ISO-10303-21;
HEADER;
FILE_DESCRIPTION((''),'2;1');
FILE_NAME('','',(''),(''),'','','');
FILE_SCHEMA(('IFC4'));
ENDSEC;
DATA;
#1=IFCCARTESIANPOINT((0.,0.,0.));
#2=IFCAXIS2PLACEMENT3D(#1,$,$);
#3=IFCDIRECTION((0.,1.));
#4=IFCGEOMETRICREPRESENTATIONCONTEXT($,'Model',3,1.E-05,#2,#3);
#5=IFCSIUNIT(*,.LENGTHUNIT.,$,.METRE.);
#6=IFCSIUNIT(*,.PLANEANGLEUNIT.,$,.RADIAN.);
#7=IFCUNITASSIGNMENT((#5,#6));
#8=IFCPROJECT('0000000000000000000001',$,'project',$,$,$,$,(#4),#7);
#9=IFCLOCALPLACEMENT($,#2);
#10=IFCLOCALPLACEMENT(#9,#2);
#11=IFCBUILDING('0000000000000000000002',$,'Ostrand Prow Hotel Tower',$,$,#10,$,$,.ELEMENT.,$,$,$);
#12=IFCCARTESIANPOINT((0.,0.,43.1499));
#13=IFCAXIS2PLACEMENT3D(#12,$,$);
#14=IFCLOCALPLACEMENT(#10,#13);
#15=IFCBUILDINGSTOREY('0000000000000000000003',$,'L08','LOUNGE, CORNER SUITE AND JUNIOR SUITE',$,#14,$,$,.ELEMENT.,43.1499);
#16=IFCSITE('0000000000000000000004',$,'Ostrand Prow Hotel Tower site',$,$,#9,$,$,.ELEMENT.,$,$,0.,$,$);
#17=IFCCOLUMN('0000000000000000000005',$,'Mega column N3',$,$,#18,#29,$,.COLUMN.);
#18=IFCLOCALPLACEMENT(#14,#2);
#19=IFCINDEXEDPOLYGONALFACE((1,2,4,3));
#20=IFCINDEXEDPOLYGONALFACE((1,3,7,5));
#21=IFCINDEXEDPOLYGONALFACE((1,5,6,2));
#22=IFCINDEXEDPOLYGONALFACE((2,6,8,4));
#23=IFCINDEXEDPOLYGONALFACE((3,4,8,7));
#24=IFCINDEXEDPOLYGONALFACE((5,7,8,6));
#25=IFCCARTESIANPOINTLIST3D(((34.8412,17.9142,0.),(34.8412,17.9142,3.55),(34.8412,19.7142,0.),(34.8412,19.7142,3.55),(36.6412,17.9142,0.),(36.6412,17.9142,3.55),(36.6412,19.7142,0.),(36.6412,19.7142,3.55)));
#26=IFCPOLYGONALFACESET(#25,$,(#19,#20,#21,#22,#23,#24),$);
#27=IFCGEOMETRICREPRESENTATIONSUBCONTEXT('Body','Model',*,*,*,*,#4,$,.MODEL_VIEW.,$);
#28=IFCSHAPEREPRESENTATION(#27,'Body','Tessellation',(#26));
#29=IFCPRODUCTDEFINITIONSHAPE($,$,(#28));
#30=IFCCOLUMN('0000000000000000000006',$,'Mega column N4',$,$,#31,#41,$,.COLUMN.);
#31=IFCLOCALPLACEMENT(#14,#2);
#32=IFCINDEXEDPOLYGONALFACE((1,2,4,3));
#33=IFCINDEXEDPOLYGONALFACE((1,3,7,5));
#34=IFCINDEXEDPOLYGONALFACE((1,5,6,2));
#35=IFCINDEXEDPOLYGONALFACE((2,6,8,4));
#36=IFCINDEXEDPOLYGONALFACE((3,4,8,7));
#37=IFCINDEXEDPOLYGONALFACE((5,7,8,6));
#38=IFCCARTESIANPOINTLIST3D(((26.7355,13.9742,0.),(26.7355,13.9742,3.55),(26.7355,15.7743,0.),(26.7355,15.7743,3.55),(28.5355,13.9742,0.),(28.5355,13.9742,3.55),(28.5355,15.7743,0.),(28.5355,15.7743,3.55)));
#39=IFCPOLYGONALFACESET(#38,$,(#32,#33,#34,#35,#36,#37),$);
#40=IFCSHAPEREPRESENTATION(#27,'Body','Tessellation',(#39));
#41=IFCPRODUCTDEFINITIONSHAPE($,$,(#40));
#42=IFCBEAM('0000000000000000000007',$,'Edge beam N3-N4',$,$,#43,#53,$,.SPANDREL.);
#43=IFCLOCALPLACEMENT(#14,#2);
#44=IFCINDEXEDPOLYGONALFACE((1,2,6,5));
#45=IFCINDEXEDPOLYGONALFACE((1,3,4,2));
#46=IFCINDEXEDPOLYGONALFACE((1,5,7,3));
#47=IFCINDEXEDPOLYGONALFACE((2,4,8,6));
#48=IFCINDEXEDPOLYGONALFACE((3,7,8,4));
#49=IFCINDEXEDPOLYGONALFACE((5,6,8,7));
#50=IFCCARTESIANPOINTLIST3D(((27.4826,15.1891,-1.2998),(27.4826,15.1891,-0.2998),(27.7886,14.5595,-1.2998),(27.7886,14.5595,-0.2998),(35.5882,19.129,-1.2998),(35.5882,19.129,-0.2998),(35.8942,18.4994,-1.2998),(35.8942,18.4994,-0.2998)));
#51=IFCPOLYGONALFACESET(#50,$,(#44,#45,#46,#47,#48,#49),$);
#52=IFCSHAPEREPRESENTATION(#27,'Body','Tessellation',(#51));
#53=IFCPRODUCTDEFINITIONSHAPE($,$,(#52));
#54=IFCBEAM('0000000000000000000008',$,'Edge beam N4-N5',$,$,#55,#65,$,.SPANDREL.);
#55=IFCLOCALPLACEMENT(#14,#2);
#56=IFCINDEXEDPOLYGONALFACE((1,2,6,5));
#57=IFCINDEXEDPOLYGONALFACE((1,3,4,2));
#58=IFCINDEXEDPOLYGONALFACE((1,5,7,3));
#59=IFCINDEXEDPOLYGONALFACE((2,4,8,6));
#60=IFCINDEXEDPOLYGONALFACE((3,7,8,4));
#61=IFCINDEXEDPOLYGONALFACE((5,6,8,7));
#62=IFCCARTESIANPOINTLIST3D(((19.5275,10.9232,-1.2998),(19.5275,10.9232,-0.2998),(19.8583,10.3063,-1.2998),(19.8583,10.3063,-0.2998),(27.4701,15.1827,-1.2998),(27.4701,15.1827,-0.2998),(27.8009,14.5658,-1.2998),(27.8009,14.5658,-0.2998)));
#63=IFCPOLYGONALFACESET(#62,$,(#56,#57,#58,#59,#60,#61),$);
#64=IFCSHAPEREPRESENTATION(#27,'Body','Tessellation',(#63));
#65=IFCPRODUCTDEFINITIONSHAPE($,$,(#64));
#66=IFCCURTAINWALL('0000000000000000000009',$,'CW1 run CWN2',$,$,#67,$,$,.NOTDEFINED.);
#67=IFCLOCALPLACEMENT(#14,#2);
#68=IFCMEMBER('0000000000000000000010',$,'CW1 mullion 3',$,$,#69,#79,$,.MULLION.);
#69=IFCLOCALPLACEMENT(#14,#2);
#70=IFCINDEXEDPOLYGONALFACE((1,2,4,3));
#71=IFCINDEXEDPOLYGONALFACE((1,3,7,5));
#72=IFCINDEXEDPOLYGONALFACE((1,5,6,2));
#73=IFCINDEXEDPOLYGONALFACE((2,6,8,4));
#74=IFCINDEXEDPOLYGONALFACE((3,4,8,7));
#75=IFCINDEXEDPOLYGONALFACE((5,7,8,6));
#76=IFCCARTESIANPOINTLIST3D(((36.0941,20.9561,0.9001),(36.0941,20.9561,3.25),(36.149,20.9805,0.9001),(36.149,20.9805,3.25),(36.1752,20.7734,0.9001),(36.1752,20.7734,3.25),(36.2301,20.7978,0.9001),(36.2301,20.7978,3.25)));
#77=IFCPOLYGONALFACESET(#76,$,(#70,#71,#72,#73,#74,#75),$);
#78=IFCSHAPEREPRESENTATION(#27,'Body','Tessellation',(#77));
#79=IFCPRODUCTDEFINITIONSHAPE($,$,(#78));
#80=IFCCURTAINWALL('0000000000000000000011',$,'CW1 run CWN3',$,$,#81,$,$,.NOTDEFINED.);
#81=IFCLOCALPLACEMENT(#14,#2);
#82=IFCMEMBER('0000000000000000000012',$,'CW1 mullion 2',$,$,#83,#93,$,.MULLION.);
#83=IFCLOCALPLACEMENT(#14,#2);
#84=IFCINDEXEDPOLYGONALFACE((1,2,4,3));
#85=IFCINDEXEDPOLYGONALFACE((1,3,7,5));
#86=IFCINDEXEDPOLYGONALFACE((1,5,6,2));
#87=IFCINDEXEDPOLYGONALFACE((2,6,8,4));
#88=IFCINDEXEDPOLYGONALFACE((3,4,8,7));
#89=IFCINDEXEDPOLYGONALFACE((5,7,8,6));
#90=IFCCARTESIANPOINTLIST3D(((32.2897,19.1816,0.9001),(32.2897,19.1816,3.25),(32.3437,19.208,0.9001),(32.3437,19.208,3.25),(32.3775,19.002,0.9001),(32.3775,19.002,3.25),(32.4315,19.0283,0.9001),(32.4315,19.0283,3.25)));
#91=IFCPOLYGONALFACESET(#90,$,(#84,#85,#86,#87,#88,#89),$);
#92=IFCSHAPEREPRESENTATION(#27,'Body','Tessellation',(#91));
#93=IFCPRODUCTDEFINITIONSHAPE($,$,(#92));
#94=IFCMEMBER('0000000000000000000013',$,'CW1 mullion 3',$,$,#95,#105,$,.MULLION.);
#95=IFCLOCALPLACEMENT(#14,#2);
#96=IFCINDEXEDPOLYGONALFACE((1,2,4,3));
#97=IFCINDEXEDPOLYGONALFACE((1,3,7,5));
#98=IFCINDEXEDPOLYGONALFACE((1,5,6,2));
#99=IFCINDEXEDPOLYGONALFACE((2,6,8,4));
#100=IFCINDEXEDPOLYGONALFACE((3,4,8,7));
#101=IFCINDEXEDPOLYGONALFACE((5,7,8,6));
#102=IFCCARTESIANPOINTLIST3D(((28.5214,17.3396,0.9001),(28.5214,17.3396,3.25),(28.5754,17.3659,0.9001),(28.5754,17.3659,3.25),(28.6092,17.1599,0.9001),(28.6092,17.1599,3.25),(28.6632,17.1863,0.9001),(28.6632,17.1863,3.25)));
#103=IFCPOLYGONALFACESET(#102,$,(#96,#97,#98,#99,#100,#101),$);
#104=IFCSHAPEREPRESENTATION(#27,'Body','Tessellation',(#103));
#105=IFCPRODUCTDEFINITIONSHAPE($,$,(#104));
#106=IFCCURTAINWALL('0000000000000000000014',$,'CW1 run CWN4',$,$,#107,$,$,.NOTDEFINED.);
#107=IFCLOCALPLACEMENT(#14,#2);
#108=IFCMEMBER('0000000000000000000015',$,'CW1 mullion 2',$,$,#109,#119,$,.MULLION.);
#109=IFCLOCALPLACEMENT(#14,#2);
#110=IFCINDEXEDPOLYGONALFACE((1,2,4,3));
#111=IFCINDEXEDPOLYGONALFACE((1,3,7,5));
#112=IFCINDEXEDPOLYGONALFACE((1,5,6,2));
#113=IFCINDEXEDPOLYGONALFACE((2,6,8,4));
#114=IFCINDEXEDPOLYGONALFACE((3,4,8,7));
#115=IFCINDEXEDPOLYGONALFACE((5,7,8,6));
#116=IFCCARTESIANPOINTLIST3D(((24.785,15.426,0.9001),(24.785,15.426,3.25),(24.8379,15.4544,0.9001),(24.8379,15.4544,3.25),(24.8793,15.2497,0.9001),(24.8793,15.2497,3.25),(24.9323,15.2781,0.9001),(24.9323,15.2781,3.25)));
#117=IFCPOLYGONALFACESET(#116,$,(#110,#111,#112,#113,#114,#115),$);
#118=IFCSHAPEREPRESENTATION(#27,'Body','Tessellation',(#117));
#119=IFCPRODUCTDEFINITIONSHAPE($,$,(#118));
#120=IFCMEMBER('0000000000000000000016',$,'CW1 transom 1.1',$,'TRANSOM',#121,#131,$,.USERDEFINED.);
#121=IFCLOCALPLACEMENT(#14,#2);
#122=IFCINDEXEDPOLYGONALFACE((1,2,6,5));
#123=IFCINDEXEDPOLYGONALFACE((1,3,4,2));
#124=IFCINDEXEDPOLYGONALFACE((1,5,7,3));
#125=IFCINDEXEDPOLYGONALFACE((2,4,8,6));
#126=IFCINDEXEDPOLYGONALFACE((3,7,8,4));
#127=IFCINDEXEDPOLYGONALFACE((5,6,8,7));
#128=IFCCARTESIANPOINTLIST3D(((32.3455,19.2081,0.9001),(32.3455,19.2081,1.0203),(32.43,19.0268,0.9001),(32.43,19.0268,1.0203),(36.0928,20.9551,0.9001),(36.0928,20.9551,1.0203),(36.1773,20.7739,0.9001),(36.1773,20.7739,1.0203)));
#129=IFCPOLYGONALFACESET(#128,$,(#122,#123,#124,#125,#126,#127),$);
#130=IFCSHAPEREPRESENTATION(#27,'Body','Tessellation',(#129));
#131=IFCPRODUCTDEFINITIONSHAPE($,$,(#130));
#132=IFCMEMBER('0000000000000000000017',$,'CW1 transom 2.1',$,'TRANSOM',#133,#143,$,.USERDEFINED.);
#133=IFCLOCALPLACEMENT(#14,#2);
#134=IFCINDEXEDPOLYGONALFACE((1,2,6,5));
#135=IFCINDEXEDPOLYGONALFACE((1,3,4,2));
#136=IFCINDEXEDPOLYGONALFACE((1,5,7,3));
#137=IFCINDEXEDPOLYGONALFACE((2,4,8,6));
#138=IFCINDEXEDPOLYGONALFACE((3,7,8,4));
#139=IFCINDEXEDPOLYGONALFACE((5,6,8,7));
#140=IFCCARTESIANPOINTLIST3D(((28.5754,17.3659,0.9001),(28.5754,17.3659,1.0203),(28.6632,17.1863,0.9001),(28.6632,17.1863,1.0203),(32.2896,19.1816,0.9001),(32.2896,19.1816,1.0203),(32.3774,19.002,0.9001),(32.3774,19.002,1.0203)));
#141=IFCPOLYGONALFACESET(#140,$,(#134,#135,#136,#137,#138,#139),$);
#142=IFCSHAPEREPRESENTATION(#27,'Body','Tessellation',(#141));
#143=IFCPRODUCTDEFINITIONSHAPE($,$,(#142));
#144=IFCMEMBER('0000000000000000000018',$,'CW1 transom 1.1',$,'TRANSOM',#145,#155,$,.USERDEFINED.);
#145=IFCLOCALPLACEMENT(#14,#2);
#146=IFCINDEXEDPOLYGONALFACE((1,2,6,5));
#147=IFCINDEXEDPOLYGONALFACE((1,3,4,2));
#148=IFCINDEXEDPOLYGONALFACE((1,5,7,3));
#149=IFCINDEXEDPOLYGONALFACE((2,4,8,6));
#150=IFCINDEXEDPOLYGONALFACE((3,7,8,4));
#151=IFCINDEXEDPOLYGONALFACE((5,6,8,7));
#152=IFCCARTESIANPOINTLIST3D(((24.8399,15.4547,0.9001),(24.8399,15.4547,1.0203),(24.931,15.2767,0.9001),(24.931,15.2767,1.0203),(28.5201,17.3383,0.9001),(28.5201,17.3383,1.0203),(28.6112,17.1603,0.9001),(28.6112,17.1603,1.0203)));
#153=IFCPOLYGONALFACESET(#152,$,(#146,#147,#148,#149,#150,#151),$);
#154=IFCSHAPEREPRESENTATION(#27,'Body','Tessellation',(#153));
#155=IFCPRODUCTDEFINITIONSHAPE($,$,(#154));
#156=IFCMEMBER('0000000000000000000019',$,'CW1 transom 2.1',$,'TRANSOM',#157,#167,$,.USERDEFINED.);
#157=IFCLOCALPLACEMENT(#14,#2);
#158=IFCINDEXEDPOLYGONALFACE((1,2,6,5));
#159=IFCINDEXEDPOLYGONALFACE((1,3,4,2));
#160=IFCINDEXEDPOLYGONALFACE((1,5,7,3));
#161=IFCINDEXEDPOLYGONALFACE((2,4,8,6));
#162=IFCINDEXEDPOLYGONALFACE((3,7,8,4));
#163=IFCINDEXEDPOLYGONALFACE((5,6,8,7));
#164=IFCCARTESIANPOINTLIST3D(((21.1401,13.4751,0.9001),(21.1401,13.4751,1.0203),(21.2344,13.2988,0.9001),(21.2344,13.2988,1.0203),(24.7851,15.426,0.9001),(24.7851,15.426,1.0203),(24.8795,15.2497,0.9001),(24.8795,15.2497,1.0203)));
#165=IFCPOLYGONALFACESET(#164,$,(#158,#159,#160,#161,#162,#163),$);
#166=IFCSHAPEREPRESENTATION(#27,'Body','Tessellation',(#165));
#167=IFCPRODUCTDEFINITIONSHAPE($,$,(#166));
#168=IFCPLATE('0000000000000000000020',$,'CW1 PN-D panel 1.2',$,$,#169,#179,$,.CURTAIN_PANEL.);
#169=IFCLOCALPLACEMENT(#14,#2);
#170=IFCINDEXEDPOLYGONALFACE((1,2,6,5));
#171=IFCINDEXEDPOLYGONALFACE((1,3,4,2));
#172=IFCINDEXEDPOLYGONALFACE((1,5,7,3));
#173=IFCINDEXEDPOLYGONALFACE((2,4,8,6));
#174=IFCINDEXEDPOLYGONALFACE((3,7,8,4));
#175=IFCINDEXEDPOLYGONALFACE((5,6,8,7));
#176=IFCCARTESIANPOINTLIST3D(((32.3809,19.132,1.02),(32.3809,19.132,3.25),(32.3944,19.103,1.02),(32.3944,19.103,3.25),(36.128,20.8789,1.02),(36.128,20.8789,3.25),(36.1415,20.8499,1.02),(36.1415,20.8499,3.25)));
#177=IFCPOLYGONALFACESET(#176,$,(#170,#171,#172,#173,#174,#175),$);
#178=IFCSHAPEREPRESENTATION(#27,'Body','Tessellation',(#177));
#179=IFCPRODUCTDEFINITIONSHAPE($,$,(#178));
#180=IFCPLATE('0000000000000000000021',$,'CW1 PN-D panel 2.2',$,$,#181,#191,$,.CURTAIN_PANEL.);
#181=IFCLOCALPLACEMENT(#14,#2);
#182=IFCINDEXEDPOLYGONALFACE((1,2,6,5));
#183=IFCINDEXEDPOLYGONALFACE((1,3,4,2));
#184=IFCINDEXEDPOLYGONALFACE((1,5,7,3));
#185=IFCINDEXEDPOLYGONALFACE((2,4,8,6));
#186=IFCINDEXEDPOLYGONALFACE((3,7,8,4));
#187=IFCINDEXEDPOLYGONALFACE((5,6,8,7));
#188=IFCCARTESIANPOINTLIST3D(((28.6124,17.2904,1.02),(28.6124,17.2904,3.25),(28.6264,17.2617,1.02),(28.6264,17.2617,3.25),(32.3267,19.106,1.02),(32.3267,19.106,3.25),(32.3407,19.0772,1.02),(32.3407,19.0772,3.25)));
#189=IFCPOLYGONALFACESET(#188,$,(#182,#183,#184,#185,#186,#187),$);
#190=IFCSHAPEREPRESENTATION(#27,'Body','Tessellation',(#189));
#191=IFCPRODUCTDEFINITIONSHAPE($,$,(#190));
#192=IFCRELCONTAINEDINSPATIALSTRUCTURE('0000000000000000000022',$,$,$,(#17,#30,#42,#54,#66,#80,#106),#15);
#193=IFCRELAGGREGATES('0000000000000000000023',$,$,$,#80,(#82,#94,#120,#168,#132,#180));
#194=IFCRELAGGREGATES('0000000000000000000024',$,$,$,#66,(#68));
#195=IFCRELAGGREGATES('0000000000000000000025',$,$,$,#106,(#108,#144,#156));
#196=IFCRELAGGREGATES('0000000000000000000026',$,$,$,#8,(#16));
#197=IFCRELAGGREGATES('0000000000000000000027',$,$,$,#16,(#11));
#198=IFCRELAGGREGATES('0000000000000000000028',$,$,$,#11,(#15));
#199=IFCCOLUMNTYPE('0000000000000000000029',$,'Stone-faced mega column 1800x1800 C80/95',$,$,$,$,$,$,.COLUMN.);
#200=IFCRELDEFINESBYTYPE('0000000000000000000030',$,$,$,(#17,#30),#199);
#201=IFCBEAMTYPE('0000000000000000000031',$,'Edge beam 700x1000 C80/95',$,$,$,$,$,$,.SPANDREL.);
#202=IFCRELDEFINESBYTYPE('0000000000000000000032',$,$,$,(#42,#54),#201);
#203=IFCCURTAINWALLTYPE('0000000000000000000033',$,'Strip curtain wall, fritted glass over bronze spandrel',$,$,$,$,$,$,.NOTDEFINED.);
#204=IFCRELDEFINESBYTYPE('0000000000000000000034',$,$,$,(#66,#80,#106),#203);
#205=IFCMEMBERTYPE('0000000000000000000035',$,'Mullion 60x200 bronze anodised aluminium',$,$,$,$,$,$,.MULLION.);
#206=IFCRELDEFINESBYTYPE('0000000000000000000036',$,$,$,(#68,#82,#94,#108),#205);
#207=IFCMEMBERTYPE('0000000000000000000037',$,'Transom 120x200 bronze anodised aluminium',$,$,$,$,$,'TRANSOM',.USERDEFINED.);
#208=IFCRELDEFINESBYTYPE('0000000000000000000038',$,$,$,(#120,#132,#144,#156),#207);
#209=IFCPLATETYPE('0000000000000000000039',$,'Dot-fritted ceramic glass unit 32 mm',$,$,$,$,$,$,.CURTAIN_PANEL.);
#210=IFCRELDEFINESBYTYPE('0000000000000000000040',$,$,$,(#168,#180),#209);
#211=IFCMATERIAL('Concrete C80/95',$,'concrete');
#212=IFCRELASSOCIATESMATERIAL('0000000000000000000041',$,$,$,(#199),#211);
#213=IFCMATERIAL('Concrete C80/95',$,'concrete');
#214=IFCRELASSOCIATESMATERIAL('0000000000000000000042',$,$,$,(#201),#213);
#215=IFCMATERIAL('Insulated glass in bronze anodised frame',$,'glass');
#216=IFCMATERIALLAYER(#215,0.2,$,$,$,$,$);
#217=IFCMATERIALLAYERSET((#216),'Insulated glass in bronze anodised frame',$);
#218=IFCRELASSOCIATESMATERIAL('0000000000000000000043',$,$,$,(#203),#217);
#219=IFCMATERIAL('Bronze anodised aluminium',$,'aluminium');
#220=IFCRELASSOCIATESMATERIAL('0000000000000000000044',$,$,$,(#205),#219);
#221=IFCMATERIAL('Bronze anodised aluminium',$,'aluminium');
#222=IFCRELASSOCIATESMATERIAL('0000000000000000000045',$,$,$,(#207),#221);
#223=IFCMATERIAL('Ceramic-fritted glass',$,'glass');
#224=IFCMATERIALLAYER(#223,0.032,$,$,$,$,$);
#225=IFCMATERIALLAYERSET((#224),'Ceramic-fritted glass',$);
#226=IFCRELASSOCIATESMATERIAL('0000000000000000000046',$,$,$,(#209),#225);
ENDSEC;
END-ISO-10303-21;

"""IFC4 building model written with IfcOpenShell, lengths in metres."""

from ifc_helpers import new_model, si_unit, direction, frame, origin, origin_2d, place, context, subcontext, project, spatial, rectangle, extrude, material, layer, layer_set, material_profile, profile_set, type_object, element, aggregate, save


model = new_model("IFC4")

# Units and contexts
model_context = context("Model", 3, precision=1e-05, world=origin(), true_north=direction((0.0, 1.0)))
body_context = subcontext(model_context, "Body", "Model", "MODEL_VIEW")
ifc_project = project(units=[si_unit("LENGTHUNIT", "METRE"), si_unit("PLANEANGLEUNIT", "RADIAN")], contexts=[model_context])

# Site, building, storey
site_placement = place(None, origin())
site = spatial("IfcSite", under=ifc_project, at=site_placement, Name="Ostrand Prow Hotel Tower site", CompositionType="ELEMENT", RefElevation=0.0)
building_placement = place(site_placement, origin())
building = spatial("IfcBuilding", under=site, at=building_placement, Name="Ostrand Prow Hotel Tower", CompositionType="ELEMENT")
storey_placement = place(building_placement, frame((0.0, 0.0, 43.1499)))
storey = spatial("IfcBuildingStorey", under=building, at=storey_placement, Name="L08", Description="LOUNGE, CORNER SUITE AND JUNIOR SUITE", CompositionType="ELEMENT", Elevation=43.1499)

# Columns
ifc_material_1 = material(Name="Concrete C80/95", Category="concrete")
ifc_material_profile_1 = material_profile(ifc_material_1, rectangle(XDim=1.8, YDim=1.8, at=origin_2d()), Name="RC 1800x1800")
ifc_profile_set_1 = profile_set([ifc_material_profile_1], Name="Concrete C80/95")
column_type = type_object("IfcColumnType", Name="Stone-faced mega column 1800x1800 C80/95", PredefinedType="COLUMN", material=ifc_profile_set_1)
for number, where, z_axis, x_axis, name in (
    (1, (35.7412, 18.8142, 0.0), (0.0, 0.0, 1.0), (1.0, 0.0, 0.0), "Mega column N3"),
    (2, (27.6355, 14.8743, 0.0), (0.0, 0.0, 1.0), (1.0, 0.0, 0.0), "Mega column N4"),
):
    element("IfcColumn", number, at=place(storey_placement, frame(where, z_axis=z_axis, x_axis=x_axis)), inside=storey, type_object=column_type, Name=name, PredefinedType="COLUMN", context=body_context, shape_type="SweptSolid", body=[
        extrude(rectangle(XDim=1.8, YDim=1.8, at=origin_2d()), origin(), (0.0, 0.0, 1.0), 3.55),
    ])

# Beams
ifc_material_2 = material(Name="Concrete C80/95", Category="concrete")
ifc_material_profile_2 = material_profile(ifc_material_2, rectangle(XDim=0.7, YDim=1.0, at=origin_2d()), Name="RC 700x1000")
ifc_profile_set_2 = profile_set([ifc_material_profile_2], Name="Concrete C80/95")
beam_type = type_object("IfcBeamType", Name="Edge beam 700x1000 C80/95", PredefinedType="SPANDREL", material=ifc_profile_set_2)
beam_1_placement = place(storey_placement, frame((35.7412, 18.8142, -0.7998), z_axis=(-0.899382, -0.437163, 0.0), x_axis=(0.437163, -0.899382, 0.0)))
element("IfcBeam", 3, at=beam_1_placement, inside=storey, type_object=beam_type, Name="Edge beam N3-N4", PredefinedType="SPANDREL", context=body_context, shape_type="SweptSolid", body=[
    extrude(rectangle(XDim=0.7, YDim=1.0, at=origin_2d()), origin(), (0.0, 0.0, 1.0), 9.0125),
])
beam_2_placement = place(storey_placement, frame((27.6355, 14.8743, -0.7998), z_axis=(-0.88127, -0.472613, 0.0), x_axis=(0.472613, -0.88127, 0.0)))
element("IfcBeam", 4, at=beam_2_placement, inside=storey, type_object=beam_type, Name="Edge beam N4-N5", PredefinedType="SPANDREL", context=body_context, shape_type="SweptSolid", body=[
    extrude(rectangle(XDim=0.7, YDim=1.0, at=origin_2d()), origin(), (0.0, 0.0, 1.0), 9.0127),
])

# Curtain wall, member
ifc_material_3 = material(Name="Insulated glass in bronze anodised frame", Category="glass")
ifc_layer_1 = layer(ifc_material_3, 0.2)
ifc_layer_set_1 = layer_set([ifc_layer_1], Name="Insulated glass in bronze anodised frame")
curtain_wall_type = type_object("IfcCurtainWallType", Name="Strip curtain wall, fritted glass over bronze spandrel", PredefinedType="NOTDEFINED", material=ifc_layer_set_1)
curtain_wall_1_placement = place(storey_placement, origin())
curtain_wall_1 = element("IfcCurtainWall", 5, at=curtain_wall_1_placement, inside=storey, type_object=curtain_wall_type, Name="CW1 run CWN2", PredefinedType="NOTDEFINED")
ifc_material_4 = material(Name="Bronze anodised aluminium", Category="aluminium")
ifc_material_profile_3 = material_profile(ifc_material_4, rectangle(XDim=0.2, YDim=0.0601, at=origin_2d()), Name="Mullion 60x200 bronze anodised aluminium")
ifc_profile_set_3 = profile_set([ifc_material_profile_3], Name="Bronze anodised aluminium")
member_type_1 = type_object("IfcMemberType", Name="Mullion 60x200 bronze anodised aluminium", PredefinedType="MULLION", material=ifc_profile_set_3)
member_1_placement = place(storey_placement, frame((36.1621, 20.877, 0.9001), z_axis=(0.0, 0.0, 1.0), x_axis=(0.40578, -0.913971, 0.0)))
member_1 = element("IfcMember", 6, at=member_1_placement, type_object=member_type_1, Name="CW1 mullion 3", PredefinedType="MULLION", context=body_context, shape_type="SweptSolid", body=[
    extrude(rectangle(XDim=0.2, YDim=0.0601, at=origin_2d()), origin(), (0.0, 0.0, 1.0), 2.3499),
])

# Curtain wall, members
curtain_wall_2_placement = place(storey_placement, origin())
curtain_wall_2 = element("IfcCurtainWall", 7, at=curtain_wall_2_placement, inside=storey, type_object=curtain_wall_type, Name="CW1 run CWN3", PredefinedType="NOTDEFINED")
member_2_placement = place(storey_placement, frame((32.3606, 19.105, 0.9001), z_axis=(0.0, 0.0, 1.0), x_axis=(0.439138, -0.89842, 0.0)))
member_2 = element("IfcMember", 8, at=member_2_placement, type_object=member_type_1, Name="CW1 mullion 2", PredefinedType="MULLION", context=body_context, shape_type="SweptSolid", body=[
    extrude(rectangle(XDim=0.2, YDim=0.0601, at=origin_2d()), origin(), (0.0, 0.0, 1.0), 2.3499),
])
member_3_placement = place(storey_placement, frame((28.5923, 17.2629, 0.9001), z_axis=(0.0, 0.0, 1.0), x_axis=(0.439138, -0.89842, 0.0)))
member_3 = element("IfcMember", 9, at=member_3_placement, type_object=member_type_1, Name="CW1 mullion 3", PredefinedType="MULLION", context=body_context, shape_type="SweptSolid", body=[
    extrude(rectangle(XDim=0.2, YDim=0.0601, at=origin_2d()), origin(), (0.0, 0.0, 1.0), 2.3499),
])

# Curtain wall, member
curtain_wall_3_placement = place(storey_placement, origin())
curtain_wall_3 = element("IfcCurtainWall", 10, at=curtain_wall_3_placement, inside=storey, type_object=curtain_wall_type, Name="CW1 run CWN4", PredefinedType="NOTDEFINED")
member_4_placement = place(storey_placement, frame((24.8586, 15.3521, 0.9001), z_axis=(0.0, 0.0, 1.0), x_axis=(0.4719, -0.881652, 0.0)))
member_4 = element("IfcMember", 11, at=member_4_placement, type_object=member_type_1, Name="CW1 mullion 2", PredefinedType="MULLION", context=body_context, shape_type="SweptSolid", body=[
    extrude(rectangle(XDim=0.2, YDim=0.0601, at=origin_2d()), origin(), (0.0, 0.0, 1.0), 2.3499),
])

# Members
ifc_material_5 = material(Name="Bronze anodised aluminium", Category="aluminium")
ifc_material_profile_4 = material_profile(ifc_material_5, rectangle(XDim=0.2, YDim=0.1201, at=origin_2d()), Name="Transom 120x200 bronze anodised aluminium")
ifc_profile_set_4 = profile_set([ifc_material_profile_4], Name="Bronze anodised aluminium")
member_type_2 = type_object("IfcMemberType", Name="Transom 120x200 bronze anodised aluminium", ElementType="TRANSOM", PredefinedType="USERDEFINED", material=ifc_profile_set_4)
member_5_placement = place(storey_placement, frame((36.135, 20.8645, 0.9602), z_axis=(-0.906338, -0.422552, 0.0), x_axis=(0.422552, -0.906338, 0.0)))
member_5 = element("IfcMember", 12, at=member_5_placement, type_object=member_type_2, Name="CW1 transom 1.1", ObjectType="TRANSOM", PredefinedType="USERDEFINED", context=body_context, shape_type="SweptSolid", body=[
    extrude(rectangle(XDim=0.2, YDim=0.1201, at=origin_2d()), origin(), (0.0, 0.0, 1.0), 4.1345),
])
member_6_placement = place(storey_placement, frame((32.3335, 19.0918, 0.9602), z_axis=(-0.898395, -0.439188, 0.0), x_axis=(0.439188, -0.898395, 0.0)))
member_6 = element("IfcMember", 13, at=member_6_placement, type_object=member_type_2, Name="CW1 transom 2.1", ObjectType="TRANSOM", PredefinedType="USERDEFINED", context=body_context, shape_type="SweptSolid", body=[
    extrude(rectangle(XDim=0.2, YDim=0.1201, at=origin_2d()), origin(), (0.0, 0.0, 1.0), 4.1343),
])
member_7_placement = place(storey_placement, frame((28.5657, 17.2493, 0.9602), z_axis=(-0.890183, -0.455603, 0.0), x_axis=(0.455603, -0.890183, 0.0)))
member_7 = element("IfcMember", 14, at=member_7_placement, type_object=member_type_2, Name="CW1 transom 1.1", ObjectType="TRANSOM", PredefinedType="USERDEFINED", context=body_context, shape_type="SweptSolid", body=[
    extrude(rectangle(XDim=0.2, YDim=0.1201, at=origin_2d()), origin(), (0.0, 0.0, 1.0), 4.1343),
])
member_8_placement = place(storey_placement, frame((24.8323, 15.3379, 0.9602), z_axis=(-0.881657, -0.47189, 0.0), x_axis=(0.47189, -0.881657, 0.0)))
member_8 = element("IfcMember", 15, at=member_8_placement, type_object=member_type_2, Name="CW1 transom 2.1", ObjectType="TRANSOM", PredefinedType="USERDEFINED", context=body_context, shape_type="SweptSolid", body=[
    extrude(rectangle(XDim=0.2, YDim=0.1201, at=origin_2d()), origin(), (0.0, 0.0, 1.0), 4.1343),
])

# Plates
ifc_material_6 = material(Name="Ceramic-fritted glass", Category="glass")
ifc_layer_2 = layer(ifc_material_6, 0.032)
ifc_layer_set_2 = layer_set([ifc_layer_2], Name="Ceramic-fritted glass")
plate_type_1 = type_object("IfcPlateType", Name="Dot-fritted ceramic glass unit 32 mm", PredefinedType="CURTAIN_PANEL", material=ifc_layer_set_2)
plate_1_placement = place(storey_placement, frame((34.2612, 19.991, 1.02), z_axis=(0.0, 0.0, 1.0), x_axis=(-0.906349, -0.42253, 0.0)))
plate_1 = element("IfcPlate", 16, at=plate_1_placement, type_object=plate_type_1, Name="CW1 PN-D panel 1.2", PredefinedType="CURTAIN_PANEL", context=body_context, shape_type="SweptSolid", body=[
    extrude(rectangle(XDim=4.1343, YDim=0.032, at=origin_2d()), origin(), (0.0, 0.0, 1.0), 2.23),
])
plate_2_placement = place(storey_placement, frame((30.4766, 18.1838, 1.02), z_axis=(0.0, 0.0, 1.0), x_axis=(-0.89842, -0.439138, 0.0)))
plate_2 = element("IfcPlate", 17, at=plate_2_placement, type_object=plate_type_1, Name="CW1 PN-D panel 2.2", PredefinedType="CURTAIN_PANEL", context=body_context, shape_type="SweptSolid", body=[
    extrude(rectangle(XDim=4.1343, YDim=0.032, at=origin_2d()), origin(), (0.0, 0.0, 1.0), 2.23),
])
aggregate(curtain_wall_2, [member_2, member_3, member_5, plate_1, member_6, plate_2])
aggregate(curtain_wall_1, [member_1])
aggregate(curtain_wall_3, [member_4, member_7, member_8])

save(model, "model.ifc")
